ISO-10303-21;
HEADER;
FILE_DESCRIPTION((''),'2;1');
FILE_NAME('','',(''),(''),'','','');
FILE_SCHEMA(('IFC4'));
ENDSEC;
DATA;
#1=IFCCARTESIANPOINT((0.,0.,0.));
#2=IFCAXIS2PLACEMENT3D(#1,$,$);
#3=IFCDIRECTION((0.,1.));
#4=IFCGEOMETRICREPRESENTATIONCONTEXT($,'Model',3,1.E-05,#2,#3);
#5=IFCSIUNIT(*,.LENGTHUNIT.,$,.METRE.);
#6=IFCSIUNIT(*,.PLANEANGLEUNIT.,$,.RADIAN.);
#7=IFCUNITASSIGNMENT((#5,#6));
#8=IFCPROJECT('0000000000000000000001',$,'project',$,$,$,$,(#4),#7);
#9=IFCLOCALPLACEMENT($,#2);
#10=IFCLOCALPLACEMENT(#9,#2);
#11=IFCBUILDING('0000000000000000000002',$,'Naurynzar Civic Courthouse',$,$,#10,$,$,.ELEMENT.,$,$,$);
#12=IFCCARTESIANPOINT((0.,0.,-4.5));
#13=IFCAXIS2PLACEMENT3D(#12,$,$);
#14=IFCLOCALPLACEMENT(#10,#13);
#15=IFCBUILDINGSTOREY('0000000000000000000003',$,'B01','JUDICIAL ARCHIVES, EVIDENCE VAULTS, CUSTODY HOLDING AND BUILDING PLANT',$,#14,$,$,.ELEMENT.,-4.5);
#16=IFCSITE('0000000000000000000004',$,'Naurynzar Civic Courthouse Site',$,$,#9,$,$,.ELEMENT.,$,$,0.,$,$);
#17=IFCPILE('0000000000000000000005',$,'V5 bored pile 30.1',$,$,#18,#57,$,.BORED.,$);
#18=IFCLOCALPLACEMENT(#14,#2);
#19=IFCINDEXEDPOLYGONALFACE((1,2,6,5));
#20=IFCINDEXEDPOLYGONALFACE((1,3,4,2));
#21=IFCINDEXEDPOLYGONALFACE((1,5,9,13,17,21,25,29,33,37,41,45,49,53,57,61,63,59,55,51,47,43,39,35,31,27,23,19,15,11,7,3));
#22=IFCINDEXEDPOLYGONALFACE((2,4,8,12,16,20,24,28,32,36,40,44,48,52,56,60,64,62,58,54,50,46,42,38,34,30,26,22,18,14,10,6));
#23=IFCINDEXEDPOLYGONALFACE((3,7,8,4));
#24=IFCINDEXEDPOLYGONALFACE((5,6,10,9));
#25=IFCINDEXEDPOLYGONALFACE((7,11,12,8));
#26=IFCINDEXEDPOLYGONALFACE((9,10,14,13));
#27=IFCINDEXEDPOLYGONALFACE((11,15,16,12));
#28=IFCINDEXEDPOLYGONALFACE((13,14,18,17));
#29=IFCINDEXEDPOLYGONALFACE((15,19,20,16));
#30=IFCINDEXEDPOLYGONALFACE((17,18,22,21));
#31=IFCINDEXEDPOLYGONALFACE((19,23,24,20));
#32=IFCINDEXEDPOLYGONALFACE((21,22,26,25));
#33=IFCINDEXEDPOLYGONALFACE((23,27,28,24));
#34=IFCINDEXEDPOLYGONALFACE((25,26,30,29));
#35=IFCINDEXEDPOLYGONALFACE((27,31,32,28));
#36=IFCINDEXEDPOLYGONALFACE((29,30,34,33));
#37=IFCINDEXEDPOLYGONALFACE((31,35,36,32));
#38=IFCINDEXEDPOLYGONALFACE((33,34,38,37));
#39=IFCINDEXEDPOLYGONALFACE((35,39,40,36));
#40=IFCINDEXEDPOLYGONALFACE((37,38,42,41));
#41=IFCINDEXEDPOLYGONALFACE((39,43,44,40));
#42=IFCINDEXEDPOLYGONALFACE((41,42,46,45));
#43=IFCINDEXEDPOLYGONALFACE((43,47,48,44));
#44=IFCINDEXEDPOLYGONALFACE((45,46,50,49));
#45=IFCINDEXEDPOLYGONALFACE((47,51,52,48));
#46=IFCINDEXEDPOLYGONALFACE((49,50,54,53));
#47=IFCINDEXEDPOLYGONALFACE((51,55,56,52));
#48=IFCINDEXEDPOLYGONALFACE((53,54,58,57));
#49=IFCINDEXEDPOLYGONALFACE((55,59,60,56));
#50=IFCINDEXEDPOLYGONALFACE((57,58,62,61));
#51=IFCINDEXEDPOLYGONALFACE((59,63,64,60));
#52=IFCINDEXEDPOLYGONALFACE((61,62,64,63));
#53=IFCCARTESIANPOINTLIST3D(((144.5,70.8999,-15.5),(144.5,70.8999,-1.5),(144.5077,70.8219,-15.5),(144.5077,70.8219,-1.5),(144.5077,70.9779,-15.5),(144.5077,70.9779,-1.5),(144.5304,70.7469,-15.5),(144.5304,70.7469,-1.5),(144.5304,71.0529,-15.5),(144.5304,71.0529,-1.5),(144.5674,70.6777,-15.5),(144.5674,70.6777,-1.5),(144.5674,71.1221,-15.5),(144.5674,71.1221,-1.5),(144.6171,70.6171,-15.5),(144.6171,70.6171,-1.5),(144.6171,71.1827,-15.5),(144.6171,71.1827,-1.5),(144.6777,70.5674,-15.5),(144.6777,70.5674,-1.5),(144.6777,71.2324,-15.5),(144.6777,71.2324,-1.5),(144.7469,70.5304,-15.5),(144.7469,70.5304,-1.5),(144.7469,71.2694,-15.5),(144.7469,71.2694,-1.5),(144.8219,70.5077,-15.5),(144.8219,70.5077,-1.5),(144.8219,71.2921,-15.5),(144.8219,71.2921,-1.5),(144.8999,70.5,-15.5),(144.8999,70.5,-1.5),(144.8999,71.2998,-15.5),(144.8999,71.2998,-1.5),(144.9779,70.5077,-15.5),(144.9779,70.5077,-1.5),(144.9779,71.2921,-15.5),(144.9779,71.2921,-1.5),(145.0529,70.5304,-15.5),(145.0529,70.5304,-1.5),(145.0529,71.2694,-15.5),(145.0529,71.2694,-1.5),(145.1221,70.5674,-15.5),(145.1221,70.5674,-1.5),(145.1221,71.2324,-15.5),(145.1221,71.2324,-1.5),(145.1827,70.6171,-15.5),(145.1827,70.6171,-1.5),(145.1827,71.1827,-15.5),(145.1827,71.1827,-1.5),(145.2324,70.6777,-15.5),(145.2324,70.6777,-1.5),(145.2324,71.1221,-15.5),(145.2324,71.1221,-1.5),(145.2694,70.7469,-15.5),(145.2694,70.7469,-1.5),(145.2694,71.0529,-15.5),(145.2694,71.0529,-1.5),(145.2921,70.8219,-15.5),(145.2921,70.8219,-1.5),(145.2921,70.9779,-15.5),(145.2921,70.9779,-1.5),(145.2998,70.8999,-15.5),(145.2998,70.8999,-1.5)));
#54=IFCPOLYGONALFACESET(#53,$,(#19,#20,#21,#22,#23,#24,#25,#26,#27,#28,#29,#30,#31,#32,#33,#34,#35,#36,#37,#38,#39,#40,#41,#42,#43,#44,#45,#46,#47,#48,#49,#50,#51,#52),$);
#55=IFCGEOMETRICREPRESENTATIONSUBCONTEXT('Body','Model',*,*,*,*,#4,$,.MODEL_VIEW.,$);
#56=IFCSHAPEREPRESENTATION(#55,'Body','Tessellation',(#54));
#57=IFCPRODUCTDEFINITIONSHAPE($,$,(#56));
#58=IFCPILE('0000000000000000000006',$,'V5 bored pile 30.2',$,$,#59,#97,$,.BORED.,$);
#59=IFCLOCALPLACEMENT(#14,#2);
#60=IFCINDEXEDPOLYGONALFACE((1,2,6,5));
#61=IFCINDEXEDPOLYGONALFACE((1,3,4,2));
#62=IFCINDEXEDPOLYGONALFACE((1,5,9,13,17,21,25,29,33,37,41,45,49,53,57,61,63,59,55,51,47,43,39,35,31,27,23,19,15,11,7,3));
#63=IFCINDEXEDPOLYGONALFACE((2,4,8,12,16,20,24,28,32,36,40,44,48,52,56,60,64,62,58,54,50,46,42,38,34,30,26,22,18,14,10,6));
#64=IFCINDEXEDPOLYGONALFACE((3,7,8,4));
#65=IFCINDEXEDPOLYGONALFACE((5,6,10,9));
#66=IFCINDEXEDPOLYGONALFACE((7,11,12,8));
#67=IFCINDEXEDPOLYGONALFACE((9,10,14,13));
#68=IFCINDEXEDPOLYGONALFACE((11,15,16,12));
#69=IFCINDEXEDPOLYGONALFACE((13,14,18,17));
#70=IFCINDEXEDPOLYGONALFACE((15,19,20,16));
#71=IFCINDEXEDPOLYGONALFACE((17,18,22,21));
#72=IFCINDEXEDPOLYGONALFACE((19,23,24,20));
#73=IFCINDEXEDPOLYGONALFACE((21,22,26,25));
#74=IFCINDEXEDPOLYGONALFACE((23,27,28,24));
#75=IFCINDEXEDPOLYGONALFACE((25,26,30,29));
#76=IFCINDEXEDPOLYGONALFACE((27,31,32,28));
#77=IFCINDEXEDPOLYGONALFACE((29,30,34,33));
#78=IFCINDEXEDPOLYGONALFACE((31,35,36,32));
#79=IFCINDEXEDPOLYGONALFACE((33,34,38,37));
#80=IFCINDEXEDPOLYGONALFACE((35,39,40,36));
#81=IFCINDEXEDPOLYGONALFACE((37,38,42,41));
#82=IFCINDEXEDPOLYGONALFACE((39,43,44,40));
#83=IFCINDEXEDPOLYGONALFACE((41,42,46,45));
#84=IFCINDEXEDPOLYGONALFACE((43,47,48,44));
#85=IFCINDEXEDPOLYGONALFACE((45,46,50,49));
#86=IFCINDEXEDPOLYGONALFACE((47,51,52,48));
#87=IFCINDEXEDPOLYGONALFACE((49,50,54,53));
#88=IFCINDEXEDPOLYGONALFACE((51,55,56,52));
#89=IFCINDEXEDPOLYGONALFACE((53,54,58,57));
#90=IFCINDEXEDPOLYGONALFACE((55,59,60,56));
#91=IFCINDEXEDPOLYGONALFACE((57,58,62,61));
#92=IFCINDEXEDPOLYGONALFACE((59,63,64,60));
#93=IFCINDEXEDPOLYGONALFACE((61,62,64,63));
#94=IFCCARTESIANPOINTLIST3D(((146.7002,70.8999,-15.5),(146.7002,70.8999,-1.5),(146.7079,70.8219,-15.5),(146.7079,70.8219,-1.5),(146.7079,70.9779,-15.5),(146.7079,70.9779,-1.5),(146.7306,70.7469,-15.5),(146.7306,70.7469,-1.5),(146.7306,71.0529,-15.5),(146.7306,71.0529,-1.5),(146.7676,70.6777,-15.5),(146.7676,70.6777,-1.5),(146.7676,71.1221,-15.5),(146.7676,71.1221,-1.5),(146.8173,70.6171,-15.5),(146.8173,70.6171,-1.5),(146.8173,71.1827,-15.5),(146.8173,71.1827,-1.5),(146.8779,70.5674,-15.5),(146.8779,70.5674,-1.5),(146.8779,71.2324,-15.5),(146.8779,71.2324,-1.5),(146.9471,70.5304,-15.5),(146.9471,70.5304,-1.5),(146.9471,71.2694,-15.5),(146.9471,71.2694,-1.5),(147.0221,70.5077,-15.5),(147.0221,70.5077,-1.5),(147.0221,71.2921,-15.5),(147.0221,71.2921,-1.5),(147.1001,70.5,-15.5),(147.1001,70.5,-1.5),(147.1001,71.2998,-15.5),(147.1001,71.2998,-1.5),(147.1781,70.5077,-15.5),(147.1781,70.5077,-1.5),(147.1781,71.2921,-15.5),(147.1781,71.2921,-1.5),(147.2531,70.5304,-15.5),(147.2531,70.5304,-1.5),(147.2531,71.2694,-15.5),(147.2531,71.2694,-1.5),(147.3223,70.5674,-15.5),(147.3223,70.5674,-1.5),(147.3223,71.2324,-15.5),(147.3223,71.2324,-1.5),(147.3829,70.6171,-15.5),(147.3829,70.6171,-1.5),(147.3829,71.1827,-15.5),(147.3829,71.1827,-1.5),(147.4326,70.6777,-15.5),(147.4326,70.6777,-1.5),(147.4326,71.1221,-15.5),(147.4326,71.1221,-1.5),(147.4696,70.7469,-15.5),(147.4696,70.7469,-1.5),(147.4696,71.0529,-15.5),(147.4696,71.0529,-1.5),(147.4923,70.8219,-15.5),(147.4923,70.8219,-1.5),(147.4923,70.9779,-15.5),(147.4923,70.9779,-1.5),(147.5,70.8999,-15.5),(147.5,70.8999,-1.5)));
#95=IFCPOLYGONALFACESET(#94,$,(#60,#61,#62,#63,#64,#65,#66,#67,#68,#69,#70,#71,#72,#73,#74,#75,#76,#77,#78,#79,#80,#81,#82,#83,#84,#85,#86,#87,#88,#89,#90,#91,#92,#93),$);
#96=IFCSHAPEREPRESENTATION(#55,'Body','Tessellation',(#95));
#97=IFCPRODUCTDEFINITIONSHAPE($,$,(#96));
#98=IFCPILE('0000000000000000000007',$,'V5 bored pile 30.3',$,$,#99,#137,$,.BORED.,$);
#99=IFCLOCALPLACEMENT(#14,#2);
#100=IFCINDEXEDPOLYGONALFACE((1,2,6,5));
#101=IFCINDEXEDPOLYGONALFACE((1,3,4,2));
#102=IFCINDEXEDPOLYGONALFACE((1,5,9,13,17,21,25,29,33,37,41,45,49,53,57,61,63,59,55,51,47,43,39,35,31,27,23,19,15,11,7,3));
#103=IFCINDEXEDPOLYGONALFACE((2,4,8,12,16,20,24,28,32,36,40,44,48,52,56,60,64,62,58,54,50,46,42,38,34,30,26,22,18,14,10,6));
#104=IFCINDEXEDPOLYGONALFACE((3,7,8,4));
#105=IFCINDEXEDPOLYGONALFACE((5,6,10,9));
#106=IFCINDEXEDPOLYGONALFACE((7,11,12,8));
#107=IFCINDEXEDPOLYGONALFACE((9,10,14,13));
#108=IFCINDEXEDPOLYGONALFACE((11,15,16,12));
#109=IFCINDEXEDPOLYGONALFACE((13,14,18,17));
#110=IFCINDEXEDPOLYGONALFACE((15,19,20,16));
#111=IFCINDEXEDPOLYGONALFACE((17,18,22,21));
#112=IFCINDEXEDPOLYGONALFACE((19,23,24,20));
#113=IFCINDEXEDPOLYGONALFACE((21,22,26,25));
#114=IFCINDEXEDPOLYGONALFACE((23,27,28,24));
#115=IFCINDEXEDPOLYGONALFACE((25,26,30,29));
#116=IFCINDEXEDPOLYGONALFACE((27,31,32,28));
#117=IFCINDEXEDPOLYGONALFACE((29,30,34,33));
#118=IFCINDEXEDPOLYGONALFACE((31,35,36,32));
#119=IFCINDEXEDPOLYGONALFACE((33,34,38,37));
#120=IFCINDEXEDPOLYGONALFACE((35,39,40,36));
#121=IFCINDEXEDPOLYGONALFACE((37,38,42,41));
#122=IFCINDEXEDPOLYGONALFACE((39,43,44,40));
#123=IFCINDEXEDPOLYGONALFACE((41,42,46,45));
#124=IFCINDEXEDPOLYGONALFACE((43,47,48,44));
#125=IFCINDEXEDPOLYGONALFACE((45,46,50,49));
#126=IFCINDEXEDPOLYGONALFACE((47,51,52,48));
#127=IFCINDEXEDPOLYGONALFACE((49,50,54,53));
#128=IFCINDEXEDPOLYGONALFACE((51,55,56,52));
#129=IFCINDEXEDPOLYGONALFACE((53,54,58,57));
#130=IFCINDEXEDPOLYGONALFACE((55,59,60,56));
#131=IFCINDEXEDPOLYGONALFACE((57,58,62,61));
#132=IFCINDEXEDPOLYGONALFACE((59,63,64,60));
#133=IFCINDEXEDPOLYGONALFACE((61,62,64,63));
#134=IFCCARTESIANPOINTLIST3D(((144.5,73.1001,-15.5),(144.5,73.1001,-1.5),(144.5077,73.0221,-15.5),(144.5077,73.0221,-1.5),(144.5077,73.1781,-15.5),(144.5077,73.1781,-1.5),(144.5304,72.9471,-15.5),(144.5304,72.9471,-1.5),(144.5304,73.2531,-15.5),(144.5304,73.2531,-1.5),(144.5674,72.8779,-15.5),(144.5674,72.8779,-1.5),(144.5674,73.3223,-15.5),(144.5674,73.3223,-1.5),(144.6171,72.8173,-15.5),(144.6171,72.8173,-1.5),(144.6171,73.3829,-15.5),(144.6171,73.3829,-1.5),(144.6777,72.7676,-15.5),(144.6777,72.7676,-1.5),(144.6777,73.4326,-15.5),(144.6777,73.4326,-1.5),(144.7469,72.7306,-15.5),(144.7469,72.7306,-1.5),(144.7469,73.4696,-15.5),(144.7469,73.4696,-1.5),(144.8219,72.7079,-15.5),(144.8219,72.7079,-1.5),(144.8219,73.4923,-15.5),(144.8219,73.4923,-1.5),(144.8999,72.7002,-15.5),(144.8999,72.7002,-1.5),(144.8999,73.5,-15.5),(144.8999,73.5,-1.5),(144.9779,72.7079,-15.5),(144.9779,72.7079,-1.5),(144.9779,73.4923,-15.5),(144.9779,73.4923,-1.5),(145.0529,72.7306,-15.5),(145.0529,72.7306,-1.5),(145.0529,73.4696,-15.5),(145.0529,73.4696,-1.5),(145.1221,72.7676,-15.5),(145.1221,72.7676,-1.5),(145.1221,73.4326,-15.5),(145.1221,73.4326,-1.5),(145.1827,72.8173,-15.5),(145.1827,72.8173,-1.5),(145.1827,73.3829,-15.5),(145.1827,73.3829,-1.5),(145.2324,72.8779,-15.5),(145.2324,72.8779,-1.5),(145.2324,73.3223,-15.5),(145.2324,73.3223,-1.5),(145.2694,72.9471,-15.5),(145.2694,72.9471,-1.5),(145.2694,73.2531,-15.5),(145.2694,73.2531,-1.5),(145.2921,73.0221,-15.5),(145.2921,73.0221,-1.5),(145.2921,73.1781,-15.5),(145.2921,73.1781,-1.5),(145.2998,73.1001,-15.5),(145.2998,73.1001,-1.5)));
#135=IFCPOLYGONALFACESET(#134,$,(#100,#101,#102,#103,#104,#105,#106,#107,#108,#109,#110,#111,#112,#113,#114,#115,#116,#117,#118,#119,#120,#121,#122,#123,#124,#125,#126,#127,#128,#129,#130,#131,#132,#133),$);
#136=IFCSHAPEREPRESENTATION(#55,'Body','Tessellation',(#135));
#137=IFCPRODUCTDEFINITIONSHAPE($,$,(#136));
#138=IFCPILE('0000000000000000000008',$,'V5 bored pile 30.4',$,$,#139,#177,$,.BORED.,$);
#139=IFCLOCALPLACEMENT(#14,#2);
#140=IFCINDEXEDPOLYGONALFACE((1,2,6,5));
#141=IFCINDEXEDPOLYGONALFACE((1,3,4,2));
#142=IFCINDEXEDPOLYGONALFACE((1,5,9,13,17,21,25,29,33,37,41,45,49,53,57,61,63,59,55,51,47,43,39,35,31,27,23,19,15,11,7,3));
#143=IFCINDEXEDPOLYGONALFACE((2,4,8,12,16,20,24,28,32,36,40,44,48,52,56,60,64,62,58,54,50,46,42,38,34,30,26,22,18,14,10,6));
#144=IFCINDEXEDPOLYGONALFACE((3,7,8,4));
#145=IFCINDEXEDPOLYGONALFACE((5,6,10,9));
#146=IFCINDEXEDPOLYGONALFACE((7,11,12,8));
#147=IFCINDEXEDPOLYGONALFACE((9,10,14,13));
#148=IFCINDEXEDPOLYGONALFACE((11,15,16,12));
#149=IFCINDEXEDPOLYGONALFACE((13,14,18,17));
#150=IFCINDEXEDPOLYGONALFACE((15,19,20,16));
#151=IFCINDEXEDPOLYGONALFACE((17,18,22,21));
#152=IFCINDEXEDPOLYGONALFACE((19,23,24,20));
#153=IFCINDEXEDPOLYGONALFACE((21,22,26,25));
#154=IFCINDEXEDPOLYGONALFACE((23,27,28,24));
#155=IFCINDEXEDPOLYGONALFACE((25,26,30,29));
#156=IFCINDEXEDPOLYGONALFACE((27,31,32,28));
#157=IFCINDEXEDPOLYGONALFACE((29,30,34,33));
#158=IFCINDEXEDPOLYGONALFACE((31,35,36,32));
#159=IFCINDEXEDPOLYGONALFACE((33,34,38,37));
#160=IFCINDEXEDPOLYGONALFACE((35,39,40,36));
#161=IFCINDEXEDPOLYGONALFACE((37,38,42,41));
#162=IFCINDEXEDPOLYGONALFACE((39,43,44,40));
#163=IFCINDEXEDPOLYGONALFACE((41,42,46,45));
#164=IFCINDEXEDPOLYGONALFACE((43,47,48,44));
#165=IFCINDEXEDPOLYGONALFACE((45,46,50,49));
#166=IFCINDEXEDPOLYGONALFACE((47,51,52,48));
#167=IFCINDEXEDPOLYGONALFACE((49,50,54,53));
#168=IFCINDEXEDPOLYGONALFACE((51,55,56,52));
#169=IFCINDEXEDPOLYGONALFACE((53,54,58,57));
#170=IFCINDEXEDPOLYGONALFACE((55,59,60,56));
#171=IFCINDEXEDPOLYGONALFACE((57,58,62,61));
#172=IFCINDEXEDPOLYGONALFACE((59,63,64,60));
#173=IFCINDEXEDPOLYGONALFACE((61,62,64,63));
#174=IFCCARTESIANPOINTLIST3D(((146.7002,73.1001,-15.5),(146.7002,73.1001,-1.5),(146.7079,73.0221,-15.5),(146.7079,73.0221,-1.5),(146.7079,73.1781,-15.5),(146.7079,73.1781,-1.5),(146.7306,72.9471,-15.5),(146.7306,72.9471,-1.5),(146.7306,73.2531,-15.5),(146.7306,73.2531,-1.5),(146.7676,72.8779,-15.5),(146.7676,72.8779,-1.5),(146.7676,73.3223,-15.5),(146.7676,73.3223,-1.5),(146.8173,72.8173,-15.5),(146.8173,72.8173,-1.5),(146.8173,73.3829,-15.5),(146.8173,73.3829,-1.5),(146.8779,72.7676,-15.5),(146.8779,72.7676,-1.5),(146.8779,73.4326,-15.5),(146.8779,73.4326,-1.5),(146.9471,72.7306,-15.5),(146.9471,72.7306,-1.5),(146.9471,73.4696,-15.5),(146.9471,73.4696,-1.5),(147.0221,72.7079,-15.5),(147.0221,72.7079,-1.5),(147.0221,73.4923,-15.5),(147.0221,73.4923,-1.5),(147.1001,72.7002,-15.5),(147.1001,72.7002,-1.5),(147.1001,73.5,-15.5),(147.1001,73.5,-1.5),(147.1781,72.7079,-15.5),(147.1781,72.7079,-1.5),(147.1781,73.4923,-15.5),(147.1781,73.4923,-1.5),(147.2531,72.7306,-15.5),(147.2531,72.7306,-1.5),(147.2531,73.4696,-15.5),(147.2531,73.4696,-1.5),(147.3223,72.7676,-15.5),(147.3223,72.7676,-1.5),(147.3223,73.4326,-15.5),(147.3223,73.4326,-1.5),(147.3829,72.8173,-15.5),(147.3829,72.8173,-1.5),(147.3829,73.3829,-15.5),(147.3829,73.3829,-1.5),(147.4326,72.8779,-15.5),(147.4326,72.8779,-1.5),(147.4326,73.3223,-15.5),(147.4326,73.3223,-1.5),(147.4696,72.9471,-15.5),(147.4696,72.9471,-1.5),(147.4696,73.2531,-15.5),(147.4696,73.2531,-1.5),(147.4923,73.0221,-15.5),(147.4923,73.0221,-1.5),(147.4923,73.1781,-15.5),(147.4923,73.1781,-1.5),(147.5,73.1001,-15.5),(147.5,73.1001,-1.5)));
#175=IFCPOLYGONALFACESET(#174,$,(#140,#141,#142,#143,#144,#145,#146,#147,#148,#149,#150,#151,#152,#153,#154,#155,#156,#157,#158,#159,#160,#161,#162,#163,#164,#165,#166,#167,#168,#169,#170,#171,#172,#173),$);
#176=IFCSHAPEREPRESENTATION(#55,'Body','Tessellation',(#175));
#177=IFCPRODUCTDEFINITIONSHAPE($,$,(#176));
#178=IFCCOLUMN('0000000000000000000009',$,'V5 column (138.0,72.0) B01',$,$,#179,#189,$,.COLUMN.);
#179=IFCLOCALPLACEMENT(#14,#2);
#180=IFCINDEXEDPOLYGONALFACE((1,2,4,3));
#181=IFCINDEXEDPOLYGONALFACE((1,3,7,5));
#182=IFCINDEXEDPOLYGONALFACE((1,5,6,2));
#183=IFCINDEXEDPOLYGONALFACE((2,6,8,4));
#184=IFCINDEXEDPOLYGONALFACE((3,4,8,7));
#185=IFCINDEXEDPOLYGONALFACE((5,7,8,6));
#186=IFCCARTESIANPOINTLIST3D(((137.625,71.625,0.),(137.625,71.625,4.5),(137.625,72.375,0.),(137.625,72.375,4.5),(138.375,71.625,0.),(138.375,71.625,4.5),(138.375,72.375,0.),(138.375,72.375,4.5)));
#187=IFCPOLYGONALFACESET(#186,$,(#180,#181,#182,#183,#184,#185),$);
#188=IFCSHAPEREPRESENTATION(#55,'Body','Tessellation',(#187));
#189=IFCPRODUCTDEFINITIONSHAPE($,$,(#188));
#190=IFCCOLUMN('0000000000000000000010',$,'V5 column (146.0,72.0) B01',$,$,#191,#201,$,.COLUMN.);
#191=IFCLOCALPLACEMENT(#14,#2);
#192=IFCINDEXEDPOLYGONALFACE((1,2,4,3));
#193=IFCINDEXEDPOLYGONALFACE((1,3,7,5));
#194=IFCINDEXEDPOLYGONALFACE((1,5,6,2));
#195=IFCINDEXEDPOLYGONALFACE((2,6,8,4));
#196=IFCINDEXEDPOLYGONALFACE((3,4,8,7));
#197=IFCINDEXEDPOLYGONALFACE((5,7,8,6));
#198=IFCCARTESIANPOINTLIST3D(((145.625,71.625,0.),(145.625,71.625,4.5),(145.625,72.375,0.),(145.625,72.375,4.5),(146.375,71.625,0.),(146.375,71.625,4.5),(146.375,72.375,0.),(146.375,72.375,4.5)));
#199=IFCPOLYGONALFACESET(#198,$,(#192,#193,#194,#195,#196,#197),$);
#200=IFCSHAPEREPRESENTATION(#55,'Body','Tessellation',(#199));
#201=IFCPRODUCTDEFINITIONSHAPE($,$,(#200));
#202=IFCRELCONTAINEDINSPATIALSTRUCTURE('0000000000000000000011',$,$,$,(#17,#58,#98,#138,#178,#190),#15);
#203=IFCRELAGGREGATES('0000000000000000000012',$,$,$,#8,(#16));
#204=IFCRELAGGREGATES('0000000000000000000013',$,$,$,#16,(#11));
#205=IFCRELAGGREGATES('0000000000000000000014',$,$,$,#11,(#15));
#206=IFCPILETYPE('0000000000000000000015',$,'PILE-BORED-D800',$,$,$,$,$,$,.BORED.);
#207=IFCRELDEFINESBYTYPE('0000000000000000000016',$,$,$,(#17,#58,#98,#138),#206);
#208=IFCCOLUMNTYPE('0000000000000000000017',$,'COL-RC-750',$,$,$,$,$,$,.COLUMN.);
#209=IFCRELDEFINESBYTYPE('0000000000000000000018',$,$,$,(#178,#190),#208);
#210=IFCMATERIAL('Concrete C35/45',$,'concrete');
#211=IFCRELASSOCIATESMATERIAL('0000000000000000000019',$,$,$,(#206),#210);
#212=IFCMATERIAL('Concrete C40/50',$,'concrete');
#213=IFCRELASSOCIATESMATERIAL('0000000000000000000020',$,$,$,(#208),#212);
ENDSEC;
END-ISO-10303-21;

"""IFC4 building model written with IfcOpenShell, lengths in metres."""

from ifc_helpers import new_model, si_unit, direction, frame, origin, origin_2d, place, context, subcontext, project, spatial, rectangle, circle, extrude, material, material_profile, profile_set, type_object, element, save


model = new_model("IFC4")

# Units and contexts
model_context = context("Model", 3, precision=1e-05, world=origin(), true_north=direction((0.0, 1.0)))
body_context = subcontext(model_context, "Body", "Model", "MODEL_VIEW")
ifc_project = project(units=[si_unit("LENGTHUNIT", "METRE"), si_unit("PLANEANGLEUNIT", "RADIAN")], contexts=[model_context])

# Site, building, storey
site_placement = place(None, origin())
site = spatial("IfcSite", under=ifc_project, at=site_placement, Name="Naurynzar Civic Courthouse Site", CompositionType="ELEMENT", RefElevation=0.0)
building_placement = place(site_placement, origin())
building = spatial("IfcBuilding", under=site, at=building_placement, Name="Naurynzar Civic Courthouse", CompositionType="ELEMENT")
storey_placement = place(building_placement, frame((0.0, 0.0, -4.5)))
storey = spatial("IfcBuildingStorey", under=building, at=storey_placement, Name="B01", Description="JUDICIAL ARCHIVES, EVIDENCE VAULTS, CUSTODY HOLDING AND BUILDING PLANT", CompositionType="ELEMENT", Elevation=-4.5)

# Piles
ifc_material_1 = material(Name="Concrete C35/45", Category="concrete")
ifc_material_profile_1 = material_profile(ifc_material_1, circle(Radius=0.3999, at=origin_2d()), Name="PILE D800")
ifc_profile_set_1 = profile_set([ifc_material_profile_1], Name="Concrete C35/45")
pile_type_1 = type_object("IfcPileType", Name="PILE-BORED-D800", PredefinedType="BORED", material=ifc_profile_set_1)
for number, where, z_axis, x_axis, name in (
    (1, (144.8999, 70.8999, -1.5), (0.0, 0.0, -1.0), (1.0, 0.0, 0.0), "V5 bored pile 30.1"),
    (2, (147.1001, 70.8999, -1.5), (0.0, 0.0, -1.0), (1.0, 0.0, 0.0), "V5 bored pile 30.2"),
    (3, (144.8999, 73.1001, -1.5), (0.0, 0.0, -1.0), (1.0, 0.0, 0.0), "V5 bored pile 30.3"),
    (4, (147.1001, 73.1001, -1.5), (0.0, 0.0, -1.0), (1.0, 0.0, 0.0), "V5 bored pile 30.4"),
):
    element("IfcPile", number, at=place(storey_placement, frame(where, z_axis=z_axis, x_axis=x_axis)), inside=storey, type_object=pile_type_1, Name=name, PredefinedType="BORED", context=body_context, shape_type="SweptSolid", body=[
        extrude(circle(Radius=0.3999, at=origin_2d()), origin(), (0.0, 0.0, 1.0), 14.0),
    ])

# Columns
ifc_material_2 = material(Name="Concrete C40/50", Category="concrete")
ifc_material_profile_2 = material_profile(ifc_material_2, rectangle(XDim=0.75, YDim=0.75, at=origin_2d()), Name="RC 750x750")
ifc_profile_set_2 = profile_set([ifc_material_profile_2], Name="Concrete C40/50")
column_type = type_object("IfcColumnType", Name="COL-RC-750", PredefinedType="COLUMN", material=ifc_profile_set_2)
for number, where, z_axis, x_axis, name in (
    (5, (138.0, 72.0, 0.0), (0.0, 0.0, 1.0), (1.0, 0.0, 0.0), "V5 column (138.0,72.0) B01"),
    (6, (146.0, 72.0, 0.0), (0.0, 0.0, 1.0), (1.0, 0.0, 0.0), "V5 column (146.0,72.0) B01"),
):
    element("IfcColumn", number, at=place(storey_placement, frame(where, z_axis=z_axis, x_axis=x_axis)), inside=storey, type_object=column_type, Name=name, PredefinedType="COLUMN", context=body_context, shape_type="SweptSolid", body=[
        extrude(rectangle(XDim=0.75, YDim=0.75, at=origin_2d()), origin(), (0.0, 0.0, 1.0), 4.5),
    ])

save(model, "model.ifc")
